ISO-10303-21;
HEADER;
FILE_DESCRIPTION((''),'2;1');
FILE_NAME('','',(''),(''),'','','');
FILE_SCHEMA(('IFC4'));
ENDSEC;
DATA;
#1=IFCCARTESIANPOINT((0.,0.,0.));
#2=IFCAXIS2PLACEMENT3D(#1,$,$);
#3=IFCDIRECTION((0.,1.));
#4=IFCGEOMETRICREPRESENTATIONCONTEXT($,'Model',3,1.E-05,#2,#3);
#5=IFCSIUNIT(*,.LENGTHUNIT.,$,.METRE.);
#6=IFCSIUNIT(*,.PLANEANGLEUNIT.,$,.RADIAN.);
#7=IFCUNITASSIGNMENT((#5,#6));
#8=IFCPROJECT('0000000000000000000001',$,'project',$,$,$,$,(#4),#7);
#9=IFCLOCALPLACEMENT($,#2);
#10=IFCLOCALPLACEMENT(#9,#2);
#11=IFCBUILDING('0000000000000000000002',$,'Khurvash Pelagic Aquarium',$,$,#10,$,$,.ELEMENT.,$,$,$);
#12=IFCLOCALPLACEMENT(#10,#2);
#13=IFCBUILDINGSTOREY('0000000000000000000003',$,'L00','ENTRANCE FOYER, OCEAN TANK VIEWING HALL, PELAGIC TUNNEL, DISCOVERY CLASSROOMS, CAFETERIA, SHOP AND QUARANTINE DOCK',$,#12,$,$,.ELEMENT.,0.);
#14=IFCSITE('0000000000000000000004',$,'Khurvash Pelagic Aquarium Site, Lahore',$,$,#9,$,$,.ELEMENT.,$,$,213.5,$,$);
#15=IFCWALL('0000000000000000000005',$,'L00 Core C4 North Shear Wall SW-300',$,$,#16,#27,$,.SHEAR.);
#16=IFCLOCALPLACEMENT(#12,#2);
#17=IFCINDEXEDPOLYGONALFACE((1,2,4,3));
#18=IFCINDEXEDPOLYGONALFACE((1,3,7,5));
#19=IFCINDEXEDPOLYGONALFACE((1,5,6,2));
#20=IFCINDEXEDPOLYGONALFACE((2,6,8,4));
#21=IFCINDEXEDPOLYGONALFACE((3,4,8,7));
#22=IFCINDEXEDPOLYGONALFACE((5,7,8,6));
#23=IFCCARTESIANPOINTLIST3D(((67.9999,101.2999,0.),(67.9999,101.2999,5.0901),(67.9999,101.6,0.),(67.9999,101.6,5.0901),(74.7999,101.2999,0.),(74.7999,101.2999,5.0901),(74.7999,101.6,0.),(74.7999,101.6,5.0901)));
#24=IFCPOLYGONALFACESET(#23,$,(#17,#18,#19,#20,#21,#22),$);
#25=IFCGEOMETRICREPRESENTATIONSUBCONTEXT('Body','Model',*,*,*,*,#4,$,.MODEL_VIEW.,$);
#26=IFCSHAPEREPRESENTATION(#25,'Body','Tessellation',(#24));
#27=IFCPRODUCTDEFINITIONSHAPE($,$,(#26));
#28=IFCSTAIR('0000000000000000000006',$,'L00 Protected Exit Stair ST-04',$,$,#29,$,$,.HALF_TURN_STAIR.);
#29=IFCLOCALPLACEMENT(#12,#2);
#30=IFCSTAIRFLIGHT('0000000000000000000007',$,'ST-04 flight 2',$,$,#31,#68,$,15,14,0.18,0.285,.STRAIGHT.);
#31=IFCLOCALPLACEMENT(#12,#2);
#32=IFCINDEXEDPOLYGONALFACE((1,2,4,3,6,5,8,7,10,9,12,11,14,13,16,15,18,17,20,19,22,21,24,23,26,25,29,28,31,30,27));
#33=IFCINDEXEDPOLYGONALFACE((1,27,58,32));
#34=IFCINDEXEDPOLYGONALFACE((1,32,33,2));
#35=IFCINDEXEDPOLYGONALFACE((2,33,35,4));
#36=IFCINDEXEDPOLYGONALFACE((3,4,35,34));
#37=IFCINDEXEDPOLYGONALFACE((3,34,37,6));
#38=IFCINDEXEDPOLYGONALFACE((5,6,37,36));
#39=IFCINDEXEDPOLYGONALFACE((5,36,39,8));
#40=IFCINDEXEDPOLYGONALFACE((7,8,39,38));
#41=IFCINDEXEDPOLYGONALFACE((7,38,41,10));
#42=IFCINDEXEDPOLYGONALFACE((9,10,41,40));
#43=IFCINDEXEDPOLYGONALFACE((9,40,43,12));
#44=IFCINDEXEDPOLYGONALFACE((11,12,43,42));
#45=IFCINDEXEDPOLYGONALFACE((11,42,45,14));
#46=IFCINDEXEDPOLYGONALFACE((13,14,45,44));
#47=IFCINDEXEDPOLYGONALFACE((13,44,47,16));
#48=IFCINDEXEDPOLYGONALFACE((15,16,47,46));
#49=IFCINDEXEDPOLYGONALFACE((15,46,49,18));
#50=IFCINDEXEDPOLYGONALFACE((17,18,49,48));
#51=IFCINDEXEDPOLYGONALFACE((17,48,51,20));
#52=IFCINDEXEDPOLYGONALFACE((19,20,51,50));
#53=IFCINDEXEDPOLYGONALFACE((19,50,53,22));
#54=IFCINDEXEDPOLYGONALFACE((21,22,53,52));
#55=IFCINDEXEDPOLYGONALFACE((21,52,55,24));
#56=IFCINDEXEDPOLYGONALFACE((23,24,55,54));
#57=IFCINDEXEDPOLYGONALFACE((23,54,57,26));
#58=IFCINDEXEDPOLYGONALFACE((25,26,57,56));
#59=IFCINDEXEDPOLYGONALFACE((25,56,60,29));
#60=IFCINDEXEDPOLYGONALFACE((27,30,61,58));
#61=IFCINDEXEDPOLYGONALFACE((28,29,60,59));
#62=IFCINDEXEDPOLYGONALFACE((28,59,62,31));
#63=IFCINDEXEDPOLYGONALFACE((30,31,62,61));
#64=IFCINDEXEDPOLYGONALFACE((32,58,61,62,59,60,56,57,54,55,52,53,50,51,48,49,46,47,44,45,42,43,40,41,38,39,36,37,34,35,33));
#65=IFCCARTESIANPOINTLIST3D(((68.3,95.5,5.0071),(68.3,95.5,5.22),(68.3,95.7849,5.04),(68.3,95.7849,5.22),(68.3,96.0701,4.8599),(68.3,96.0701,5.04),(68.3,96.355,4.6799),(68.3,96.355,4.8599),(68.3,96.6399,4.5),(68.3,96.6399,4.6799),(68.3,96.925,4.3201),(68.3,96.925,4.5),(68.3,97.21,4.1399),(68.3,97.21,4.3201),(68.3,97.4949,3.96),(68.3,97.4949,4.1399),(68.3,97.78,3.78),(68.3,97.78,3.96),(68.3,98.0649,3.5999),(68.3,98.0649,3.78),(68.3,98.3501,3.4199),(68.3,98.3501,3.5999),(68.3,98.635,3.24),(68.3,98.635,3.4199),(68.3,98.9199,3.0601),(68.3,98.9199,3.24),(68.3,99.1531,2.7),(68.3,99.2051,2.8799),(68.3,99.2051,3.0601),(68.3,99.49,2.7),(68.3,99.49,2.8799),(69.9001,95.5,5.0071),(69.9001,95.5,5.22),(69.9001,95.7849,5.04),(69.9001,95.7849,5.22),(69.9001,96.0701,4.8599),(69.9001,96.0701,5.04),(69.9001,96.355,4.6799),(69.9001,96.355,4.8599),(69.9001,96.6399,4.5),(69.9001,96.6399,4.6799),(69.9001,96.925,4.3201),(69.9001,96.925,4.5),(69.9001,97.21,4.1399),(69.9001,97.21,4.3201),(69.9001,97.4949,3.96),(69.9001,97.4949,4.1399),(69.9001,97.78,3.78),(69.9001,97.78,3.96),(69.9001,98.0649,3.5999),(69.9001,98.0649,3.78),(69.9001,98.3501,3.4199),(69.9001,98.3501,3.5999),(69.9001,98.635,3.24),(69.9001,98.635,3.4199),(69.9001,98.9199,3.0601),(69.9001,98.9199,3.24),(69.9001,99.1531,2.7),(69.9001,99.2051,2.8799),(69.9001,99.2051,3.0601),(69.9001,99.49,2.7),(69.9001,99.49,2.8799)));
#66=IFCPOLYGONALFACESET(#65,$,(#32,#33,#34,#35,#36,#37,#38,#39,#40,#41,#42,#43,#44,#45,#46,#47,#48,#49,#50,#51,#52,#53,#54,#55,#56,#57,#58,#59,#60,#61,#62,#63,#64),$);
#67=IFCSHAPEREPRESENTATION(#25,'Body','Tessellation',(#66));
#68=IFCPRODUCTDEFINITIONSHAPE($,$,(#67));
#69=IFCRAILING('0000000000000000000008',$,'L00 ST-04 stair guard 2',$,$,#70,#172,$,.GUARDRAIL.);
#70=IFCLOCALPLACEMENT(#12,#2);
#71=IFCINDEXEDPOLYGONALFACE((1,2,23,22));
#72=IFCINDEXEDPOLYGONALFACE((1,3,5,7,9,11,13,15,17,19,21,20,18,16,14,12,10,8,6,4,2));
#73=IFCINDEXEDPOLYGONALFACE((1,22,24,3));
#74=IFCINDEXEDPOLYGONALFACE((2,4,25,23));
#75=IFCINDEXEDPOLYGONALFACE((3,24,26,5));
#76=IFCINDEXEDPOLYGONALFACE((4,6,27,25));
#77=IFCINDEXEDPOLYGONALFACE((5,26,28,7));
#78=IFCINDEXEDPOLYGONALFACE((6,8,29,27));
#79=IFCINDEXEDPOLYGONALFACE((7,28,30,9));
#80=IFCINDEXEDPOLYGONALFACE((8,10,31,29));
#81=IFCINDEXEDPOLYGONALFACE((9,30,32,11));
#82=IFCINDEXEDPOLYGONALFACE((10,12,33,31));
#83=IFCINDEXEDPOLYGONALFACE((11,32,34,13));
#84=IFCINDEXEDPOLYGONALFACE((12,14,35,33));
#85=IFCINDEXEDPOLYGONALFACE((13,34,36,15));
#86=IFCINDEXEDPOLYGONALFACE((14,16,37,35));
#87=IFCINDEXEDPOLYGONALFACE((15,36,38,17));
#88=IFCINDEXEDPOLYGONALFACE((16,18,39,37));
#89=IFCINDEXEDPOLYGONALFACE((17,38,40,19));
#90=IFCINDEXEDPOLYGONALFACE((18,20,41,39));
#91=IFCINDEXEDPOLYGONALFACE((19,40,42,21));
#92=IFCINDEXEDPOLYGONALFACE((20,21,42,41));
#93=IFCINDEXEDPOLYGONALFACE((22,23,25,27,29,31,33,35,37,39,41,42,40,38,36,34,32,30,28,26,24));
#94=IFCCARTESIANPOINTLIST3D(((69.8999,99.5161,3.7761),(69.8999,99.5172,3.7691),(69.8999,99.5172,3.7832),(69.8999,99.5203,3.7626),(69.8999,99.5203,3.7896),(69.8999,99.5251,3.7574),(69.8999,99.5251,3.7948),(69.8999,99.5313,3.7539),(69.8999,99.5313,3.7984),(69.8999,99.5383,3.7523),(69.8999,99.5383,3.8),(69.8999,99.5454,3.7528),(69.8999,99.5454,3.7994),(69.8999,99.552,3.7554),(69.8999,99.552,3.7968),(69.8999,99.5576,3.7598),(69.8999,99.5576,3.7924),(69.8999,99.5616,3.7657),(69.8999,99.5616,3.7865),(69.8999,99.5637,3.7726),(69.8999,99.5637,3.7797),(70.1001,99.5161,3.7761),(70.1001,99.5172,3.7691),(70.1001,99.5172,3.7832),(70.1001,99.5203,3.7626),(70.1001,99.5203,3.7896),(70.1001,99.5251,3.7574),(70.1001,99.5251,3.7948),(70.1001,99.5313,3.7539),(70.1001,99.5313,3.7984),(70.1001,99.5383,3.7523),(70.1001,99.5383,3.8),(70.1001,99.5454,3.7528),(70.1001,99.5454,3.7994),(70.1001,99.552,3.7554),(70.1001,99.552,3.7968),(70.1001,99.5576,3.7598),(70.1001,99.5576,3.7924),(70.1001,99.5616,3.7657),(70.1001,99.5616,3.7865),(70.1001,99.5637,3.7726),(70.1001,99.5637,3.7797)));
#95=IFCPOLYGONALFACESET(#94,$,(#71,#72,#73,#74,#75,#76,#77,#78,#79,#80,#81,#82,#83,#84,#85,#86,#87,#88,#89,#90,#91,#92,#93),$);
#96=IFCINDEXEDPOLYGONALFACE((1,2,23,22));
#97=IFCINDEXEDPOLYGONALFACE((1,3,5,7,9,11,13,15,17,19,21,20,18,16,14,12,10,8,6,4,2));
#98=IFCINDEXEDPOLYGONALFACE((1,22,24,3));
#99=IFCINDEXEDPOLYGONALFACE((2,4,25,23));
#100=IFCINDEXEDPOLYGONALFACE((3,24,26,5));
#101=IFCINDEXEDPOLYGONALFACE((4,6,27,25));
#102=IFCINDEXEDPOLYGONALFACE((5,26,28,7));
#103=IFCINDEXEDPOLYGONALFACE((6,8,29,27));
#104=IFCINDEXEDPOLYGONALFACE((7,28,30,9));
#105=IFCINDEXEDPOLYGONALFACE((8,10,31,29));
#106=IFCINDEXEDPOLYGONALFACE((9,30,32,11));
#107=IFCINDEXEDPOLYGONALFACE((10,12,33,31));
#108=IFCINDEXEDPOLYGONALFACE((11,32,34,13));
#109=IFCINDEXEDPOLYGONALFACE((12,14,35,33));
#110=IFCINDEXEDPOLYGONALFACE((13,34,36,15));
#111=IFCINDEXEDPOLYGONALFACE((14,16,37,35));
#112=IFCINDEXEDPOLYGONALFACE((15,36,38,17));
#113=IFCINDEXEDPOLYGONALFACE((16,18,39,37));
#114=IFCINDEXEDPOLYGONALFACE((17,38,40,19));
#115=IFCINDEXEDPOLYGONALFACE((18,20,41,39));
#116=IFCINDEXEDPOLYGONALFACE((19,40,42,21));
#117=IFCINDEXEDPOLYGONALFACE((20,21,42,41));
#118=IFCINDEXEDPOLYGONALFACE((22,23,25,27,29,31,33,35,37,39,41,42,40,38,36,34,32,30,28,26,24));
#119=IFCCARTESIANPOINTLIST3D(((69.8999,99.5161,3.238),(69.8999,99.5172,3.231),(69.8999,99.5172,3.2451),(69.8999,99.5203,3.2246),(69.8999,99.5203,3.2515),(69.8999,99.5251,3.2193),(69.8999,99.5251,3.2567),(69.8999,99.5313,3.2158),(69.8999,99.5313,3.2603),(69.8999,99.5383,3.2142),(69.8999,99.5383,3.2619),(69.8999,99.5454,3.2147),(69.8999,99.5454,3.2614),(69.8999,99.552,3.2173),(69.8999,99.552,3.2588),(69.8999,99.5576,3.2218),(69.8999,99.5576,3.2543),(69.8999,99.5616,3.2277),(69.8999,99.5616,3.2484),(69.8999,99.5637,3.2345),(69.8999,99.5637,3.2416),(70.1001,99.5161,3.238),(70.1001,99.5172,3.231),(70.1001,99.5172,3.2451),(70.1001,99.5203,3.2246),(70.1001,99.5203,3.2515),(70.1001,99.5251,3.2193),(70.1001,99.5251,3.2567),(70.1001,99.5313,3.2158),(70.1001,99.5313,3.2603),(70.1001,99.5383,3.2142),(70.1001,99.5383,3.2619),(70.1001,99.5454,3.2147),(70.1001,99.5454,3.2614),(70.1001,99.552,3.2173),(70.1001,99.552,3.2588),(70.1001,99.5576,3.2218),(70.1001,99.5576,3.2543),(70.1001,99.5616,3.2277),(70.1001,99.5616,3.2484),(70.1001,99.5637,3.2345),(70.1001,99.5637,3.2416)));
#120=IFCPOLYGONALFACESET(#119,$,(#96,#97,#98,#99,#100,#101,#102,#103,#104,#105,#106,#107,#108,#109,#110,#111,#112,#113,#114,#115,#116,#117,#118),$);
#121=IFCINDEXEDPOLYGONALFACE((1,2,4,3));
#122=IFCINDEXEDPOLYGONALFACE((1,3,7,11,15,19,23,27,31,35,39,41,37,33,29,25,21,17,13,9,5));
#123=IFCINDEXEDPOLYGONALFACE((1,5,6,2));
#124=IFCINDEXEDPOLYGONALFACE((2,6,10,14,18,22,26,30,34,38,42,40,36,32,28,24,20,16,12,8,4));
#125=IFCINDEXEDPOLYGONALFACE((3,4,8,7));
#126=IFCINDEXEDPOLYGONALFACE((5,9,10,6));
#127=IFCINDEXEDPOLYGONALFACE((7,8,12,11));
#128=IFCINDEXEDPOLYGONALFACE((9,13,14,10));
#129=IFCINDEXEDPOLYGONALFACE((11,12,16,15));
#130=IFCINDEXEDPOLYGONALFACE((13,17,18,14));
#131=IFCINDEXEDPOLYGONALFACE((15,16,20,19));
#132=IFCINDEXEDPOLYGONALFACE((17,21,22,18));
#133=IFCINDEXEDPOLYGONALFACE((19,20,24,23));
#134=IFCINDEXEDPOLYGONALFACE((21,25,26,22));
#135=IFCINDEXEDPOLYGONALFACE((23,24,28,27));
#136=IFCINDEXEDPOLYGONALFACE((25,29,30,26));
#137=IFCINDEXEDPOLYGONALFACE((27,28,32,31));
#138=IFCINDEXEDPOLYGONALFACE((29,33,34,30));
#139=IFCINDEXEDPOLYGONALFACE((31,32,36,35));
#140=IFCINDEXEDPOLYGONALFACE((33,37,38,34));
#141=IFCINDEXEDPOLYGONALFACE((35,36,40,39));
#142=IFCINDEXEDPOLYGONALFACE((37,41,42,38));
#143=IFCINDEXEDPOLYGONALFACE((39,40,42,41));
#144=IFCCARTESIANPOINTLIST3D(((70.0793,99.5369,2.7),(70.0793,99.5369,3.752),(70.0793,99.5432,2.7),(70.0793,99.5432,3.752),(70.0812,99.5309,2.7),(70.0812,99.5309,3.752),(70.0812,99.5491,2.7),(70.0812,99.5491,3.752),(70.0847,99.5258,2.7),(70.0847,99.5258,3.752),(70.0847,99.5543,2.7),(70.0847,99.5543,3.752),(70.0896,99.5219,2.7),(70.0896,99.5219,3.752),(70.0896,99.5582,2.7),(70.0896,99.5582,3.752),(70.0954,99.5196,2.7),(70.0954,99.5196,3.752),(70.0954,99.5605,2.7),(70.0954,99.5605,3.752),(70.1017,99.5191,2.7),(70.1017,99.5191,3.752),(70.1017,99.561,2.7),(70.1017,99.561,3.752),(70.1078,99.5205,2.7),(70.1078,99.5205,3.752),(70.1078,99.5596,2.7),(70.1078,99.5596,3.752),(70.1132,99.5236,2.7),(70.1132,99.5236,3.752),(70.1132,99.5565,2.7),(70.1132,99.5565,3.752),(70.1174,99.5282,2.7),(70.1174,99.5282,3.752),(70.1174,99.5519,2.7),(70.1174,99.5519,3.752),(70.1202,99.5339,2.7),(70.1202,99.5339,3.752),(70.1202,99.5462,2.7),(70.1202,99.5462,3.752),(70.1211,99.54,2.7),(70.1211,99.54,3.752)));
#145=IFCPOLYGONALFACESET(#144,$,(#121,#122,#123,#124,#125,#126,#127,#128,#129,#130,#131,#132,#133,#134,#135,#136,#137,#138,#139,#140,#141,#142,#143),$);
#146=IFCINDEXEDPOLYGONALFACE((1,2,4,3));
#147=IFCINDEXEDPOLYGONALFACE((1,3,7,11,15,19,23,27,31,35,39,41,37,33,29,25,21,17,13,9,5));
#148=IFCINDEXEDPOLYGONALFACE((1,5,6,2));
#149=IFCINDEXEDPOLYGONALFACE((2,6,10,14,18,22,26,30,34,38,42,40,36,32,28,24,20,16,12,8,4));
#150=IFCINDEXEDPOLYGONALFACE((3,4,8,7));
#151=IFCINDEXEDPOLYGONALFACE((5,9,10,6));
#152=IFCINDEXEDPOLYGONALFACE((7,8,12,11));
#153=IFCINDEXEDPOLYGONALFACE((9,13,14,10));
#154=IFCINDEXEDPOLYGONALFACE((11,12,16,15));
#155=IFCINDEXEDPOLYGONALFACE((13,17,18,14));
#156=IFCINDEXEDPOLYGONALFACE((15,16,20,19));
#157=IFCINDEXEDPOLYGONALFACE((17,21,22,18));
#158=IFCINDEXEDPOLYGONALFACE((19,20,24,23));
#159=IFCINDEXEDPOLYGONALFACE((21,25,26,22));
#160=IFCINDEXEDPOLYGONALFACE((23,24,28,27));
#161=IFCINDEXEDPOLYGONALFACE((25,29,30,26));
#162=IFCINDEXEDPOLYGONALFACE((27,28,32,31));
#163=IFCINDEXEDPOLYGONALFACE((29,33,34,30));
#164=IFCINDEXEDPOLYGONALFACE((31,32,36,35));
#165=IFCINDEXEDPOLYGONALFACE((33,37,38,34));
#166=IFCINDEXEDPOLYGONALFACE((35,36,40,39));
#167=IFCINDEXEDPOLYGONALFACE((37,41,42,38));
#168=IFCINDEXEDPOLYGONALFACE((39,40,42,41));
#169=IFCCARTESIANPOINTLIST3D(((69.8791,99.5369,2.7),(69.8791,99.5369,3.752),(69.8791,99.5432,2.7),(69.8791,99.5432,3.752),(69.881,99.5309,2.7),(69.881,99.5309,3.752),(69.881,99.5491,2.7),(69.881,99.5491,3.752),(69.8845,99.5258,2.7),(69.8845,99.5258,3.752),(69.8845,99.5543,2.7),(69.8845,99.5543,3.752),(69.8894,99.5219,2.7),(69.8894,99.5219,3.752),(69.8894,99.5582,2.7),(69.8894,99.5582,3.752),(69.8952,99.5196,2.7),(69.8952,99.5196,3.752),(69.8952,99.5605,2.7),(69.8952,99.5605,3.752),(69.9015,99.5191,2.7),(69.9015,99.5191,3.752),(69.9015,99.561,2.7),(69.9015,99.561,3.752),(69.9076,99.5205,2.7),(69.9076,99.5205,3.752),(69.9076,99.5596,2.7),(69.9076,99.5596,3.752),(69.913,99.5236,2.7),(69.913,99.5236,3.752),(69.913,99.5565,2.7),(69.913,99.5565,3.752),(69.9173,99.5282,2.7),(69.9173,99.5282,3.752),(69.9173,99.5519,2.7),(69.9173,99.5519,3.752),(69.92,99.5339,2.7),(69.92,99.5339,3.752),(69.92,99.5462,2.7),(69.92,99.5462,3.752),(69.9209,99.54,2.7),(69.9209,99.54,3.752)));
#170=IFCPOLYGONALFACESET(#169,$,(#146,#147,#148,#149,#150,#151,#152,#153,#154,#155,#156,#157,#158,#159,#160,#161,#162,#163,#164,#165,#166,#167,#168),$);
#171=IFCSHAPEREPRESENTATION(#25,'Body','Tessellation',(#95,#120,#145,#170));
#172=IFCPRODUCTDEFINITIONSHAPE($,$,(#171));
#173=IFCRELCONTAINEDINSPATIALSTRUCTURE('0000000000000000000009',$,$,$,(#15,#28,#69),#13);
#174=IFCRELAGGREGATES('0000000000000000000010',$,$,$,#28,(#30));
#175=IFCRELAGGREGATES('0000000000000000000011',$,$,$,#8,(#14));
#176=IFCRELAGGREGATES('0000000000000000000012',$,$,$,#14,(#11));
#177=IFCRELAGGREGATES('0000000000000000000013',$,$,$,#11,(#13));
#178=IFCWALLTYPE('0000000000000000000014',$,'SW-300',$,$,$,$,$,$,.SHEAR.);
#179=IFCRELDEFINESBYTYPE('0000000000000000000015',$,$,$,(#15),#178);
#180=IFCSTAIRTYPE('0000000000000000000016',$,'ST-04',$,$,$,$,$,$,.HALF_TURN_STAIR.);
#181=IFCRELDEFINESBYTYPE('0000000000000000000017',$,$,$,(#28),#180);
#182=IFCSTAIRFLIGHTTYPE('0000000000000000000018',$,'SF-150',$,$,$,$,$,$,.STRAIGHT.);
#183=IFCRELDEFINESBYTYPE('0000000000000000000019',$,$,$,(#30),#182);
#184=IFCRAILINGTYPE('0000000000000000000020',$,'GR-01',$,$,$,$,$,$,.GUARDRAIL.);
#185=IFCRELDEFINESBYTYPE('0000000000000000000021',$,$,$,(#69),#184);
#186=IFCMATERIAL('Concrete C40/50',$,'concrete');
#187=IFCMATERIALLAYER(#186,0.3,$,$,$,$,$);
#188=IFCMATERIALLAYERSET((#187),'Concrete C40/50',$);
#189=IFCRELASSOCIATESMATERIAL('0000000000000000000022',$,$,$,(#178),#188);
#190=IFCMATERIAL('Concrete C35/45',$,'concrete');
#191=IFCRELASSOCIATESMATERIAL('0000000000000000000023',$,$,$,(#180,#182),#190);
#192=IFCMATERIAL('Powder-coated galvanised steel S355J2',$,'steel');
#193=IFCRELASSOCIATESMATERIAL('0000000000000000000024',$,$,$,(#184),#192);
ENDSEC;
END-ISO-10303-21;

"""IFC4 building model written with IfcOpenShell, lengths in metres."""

from ifc_helpers import new_model, si_unit, direction, frame, frame_2d, origin, origin_2d, place, context, subcontext, project, spatial, polyline, rectangle, circle, outline, extrude, material, layer, layer_set, type_object, element, aggregate, save


model = new_model("IFC4")

# Units and contexts
model_context = context("Model", 3, precision=1e-05, world=origin(), true_north=direction((0.0, 1.0)))
body_context = subcontext(model_context, "Body", "Model", "MODEL_VIEW")
ifc_project = project(units=[si_unit("LENGTHUNIT", "METRE"), si_unit("PLANEANGLEUNIT", "RADIAN")], contexts=[model_context])

# Site, building, storey
site_placement = place(None, origin())
site = spatial("IfcSite", under=ifc_project, at=site_placement, Name="Khurvash Pelagic Aquarium Site, Lahore", CompositionType="ELEMENT", RefElevation=213.5)
building_placement = place(site_placement, origin())
building = spatial("IfcBuilding", under=site, at=building_placement, Name="Khurvash Pelagic Aquarium", CompositionType="ELEMENT")
storey_placement = place(building_placement, origin())
storey = spatial("IfcBuildingStorey", under=building, at=storey_placement, Name="L00", Description="ENTRANCE FOYER, OCEAN TANK VIEWING HALL, PELAGIC TUNNEL, DISCOVERY CLASSROOMS, CAFETERIA, SHOP AND QUARANTINE DOCK", CompositionType="ELEMENT", Elevation=0.0)

# Shared definitions
ifc_material_1 = material(Name="Concrete C40/50", Category="concrete")

# Shared definitions
ifc_material_2 = material(Name="Concrete C35/45", Category="concrete")

# Wall
ifc_layer_1 = layer(ifc_material_1, 0.3)
ifc_layer_set_1 = layer_set([ifc_layer_1], Name="Concrete C40/50")
wall_type_1 = type_object("IfcWallType", Name="SW-300", PredefinedType="SHEAR", material=ifc_layer_set_1)
wall_1_placement = place(storey_placement, frame((68.0, 101.45, 0.0), z_axis=(0.0, 0.0, 1.0), x_axis=(1.0, 0.0, 0.0)))
element("IfcWall", 1, at=wall_1_placement, inside=storey, type_object=wall_type_1, Name="L00 Core C4 North Shear Wall SW-300", PredefinedType="SHEAR", context=body_context, shape_type="SweptSolid", body=[
    extrude(rectangle(XDim=6.8, YDim=0.3, at=frame_2d((3.3999, 0.0))), origin(), (0.0, 0.0, 1.0), 5.0901),
])

# Stair, stair flight
stair_type = type_object("IfcStairType", Name="ST-04", PredefinedType="HALF_TURN_STAIR", material=ifc_material_2)
stair_placement = place(storey_placement, origin())
stair = element("IfcStair", 2, at=stair_placement, inside=storey, type_object=stair_type, Name="L00 Protected Exit Stair ST-04", PredefinedType="HALF_TURN_STAIR")
stair_flight_type = type_object("IfcStairFlightType", Name="SF-150", PredefinedType="STRAIGHT", material=ifc_material_2)
stair_flight_placement = place(storey_placement, frame((69.1001, 99.49, 2.7), z_axis=(0.0, 0.0, 1.0), x_axis=(0.0, -1.0, 0.0)))
stair_flight = element("IfcStairFlight", 3, at=stair_flight_placement, type_object=stair_flight_type, Name="ST-04 flight 2", NumberOfRisers=15, NumberOfTreads=14, PredefinedType="STRAIGHT", RiserHeight=0.18, TreadLength=0.285, context=body_context, shape_type="SweptSolid", body=[
    extrude(outline(polyline([(0.0, 0.0), (0.0, 0.1799), (0.2849, 0.1799), (0.2849, 0.3601), (0.5701, 0.3601), (0.5701, 0.54), (0.855, 0.54), (0.855, 0.72), (1.1399, 0.72), (1.1399, 0.8999), (1.425, 0.8999), (1.425, 1.0801), (1.71, 1.0801), (1.71, 1.26), (1.9951, 1.26), (1.9951, 1.4399), (2.28, 1.4399), (2.28, 1.6201), (2.5649, 1.6201), (2.5649, 1.8), (2.8501, 1.8), (2.8501, 1.98), (3.135, 1.98), (3.135, 2.1599), (3.4199, 2.1599), (3.4199, 2.3401), (3.7051, 2.3401), (3.7051, 2.52), (3.99, 2.52), (3.99, 2.7), (3.99, 2.3071), (0.3369, 0.0), (0.0, 0.0)])), frame((0.0, 0.8, 0.0), z_axis=(0.0, -1.0, 0.0), x_axis=(1.0, 0.0, 0.0)), (0.0, 0.0, 1.0), 1.6001),
])
aggregate(stair, [stair_flight])

# Railing
ifc_material_3 = material(Name="Powder-coated galvanised steel S355J2", Category="steel")
railing_type_1 = type_object("IfcRailingType", Name="GR-01", PredefinedType="GUARDRAIL", material=ifc_material_3)
railing_1_placement = place(storey_placement, frame((70.1001, 99.54, 2.7)))
element("IfcRailing", 4, at=railing_1_placement, inside=storey, type_object=railing_type_1, Name="L00 ST-04 stair guard 2", PredefinedType="GUARDRAIL", context=body_context, shape_type="SweptSolid", body=[
    extrude(circle(Radius=0.0239, at=origin_2d()), frame((0.0, 0.0, 1.0762), z_axis=(-1.0, 0.0, 0.0), x_axis=(0.0, -1.0, 0.0)), (0.0, 0.0, 1.0), 0.2002),
    extrude(circle(Radius=0.0239, at=origin_2d()), frame((0.0, 0.0, 0.5381), z_axis=(-1.0, 0.0, 0.0), x_axis=(0.0, -1.0, 0.0)), (0.0, 0.0, 1.0), 0.2002),
    extrude(circle(Radius=0.021, at=origin_2d()), origin(), (0.0, 0.0, 1.0), 1.052),
    extrude(circle(Radius=0.021, at=origin_2d()), frame((-0.2002, 0.0, 0.0)), (0.0, 0.0, 1.0), 1.052),
])

save(model, "model.ifc")
